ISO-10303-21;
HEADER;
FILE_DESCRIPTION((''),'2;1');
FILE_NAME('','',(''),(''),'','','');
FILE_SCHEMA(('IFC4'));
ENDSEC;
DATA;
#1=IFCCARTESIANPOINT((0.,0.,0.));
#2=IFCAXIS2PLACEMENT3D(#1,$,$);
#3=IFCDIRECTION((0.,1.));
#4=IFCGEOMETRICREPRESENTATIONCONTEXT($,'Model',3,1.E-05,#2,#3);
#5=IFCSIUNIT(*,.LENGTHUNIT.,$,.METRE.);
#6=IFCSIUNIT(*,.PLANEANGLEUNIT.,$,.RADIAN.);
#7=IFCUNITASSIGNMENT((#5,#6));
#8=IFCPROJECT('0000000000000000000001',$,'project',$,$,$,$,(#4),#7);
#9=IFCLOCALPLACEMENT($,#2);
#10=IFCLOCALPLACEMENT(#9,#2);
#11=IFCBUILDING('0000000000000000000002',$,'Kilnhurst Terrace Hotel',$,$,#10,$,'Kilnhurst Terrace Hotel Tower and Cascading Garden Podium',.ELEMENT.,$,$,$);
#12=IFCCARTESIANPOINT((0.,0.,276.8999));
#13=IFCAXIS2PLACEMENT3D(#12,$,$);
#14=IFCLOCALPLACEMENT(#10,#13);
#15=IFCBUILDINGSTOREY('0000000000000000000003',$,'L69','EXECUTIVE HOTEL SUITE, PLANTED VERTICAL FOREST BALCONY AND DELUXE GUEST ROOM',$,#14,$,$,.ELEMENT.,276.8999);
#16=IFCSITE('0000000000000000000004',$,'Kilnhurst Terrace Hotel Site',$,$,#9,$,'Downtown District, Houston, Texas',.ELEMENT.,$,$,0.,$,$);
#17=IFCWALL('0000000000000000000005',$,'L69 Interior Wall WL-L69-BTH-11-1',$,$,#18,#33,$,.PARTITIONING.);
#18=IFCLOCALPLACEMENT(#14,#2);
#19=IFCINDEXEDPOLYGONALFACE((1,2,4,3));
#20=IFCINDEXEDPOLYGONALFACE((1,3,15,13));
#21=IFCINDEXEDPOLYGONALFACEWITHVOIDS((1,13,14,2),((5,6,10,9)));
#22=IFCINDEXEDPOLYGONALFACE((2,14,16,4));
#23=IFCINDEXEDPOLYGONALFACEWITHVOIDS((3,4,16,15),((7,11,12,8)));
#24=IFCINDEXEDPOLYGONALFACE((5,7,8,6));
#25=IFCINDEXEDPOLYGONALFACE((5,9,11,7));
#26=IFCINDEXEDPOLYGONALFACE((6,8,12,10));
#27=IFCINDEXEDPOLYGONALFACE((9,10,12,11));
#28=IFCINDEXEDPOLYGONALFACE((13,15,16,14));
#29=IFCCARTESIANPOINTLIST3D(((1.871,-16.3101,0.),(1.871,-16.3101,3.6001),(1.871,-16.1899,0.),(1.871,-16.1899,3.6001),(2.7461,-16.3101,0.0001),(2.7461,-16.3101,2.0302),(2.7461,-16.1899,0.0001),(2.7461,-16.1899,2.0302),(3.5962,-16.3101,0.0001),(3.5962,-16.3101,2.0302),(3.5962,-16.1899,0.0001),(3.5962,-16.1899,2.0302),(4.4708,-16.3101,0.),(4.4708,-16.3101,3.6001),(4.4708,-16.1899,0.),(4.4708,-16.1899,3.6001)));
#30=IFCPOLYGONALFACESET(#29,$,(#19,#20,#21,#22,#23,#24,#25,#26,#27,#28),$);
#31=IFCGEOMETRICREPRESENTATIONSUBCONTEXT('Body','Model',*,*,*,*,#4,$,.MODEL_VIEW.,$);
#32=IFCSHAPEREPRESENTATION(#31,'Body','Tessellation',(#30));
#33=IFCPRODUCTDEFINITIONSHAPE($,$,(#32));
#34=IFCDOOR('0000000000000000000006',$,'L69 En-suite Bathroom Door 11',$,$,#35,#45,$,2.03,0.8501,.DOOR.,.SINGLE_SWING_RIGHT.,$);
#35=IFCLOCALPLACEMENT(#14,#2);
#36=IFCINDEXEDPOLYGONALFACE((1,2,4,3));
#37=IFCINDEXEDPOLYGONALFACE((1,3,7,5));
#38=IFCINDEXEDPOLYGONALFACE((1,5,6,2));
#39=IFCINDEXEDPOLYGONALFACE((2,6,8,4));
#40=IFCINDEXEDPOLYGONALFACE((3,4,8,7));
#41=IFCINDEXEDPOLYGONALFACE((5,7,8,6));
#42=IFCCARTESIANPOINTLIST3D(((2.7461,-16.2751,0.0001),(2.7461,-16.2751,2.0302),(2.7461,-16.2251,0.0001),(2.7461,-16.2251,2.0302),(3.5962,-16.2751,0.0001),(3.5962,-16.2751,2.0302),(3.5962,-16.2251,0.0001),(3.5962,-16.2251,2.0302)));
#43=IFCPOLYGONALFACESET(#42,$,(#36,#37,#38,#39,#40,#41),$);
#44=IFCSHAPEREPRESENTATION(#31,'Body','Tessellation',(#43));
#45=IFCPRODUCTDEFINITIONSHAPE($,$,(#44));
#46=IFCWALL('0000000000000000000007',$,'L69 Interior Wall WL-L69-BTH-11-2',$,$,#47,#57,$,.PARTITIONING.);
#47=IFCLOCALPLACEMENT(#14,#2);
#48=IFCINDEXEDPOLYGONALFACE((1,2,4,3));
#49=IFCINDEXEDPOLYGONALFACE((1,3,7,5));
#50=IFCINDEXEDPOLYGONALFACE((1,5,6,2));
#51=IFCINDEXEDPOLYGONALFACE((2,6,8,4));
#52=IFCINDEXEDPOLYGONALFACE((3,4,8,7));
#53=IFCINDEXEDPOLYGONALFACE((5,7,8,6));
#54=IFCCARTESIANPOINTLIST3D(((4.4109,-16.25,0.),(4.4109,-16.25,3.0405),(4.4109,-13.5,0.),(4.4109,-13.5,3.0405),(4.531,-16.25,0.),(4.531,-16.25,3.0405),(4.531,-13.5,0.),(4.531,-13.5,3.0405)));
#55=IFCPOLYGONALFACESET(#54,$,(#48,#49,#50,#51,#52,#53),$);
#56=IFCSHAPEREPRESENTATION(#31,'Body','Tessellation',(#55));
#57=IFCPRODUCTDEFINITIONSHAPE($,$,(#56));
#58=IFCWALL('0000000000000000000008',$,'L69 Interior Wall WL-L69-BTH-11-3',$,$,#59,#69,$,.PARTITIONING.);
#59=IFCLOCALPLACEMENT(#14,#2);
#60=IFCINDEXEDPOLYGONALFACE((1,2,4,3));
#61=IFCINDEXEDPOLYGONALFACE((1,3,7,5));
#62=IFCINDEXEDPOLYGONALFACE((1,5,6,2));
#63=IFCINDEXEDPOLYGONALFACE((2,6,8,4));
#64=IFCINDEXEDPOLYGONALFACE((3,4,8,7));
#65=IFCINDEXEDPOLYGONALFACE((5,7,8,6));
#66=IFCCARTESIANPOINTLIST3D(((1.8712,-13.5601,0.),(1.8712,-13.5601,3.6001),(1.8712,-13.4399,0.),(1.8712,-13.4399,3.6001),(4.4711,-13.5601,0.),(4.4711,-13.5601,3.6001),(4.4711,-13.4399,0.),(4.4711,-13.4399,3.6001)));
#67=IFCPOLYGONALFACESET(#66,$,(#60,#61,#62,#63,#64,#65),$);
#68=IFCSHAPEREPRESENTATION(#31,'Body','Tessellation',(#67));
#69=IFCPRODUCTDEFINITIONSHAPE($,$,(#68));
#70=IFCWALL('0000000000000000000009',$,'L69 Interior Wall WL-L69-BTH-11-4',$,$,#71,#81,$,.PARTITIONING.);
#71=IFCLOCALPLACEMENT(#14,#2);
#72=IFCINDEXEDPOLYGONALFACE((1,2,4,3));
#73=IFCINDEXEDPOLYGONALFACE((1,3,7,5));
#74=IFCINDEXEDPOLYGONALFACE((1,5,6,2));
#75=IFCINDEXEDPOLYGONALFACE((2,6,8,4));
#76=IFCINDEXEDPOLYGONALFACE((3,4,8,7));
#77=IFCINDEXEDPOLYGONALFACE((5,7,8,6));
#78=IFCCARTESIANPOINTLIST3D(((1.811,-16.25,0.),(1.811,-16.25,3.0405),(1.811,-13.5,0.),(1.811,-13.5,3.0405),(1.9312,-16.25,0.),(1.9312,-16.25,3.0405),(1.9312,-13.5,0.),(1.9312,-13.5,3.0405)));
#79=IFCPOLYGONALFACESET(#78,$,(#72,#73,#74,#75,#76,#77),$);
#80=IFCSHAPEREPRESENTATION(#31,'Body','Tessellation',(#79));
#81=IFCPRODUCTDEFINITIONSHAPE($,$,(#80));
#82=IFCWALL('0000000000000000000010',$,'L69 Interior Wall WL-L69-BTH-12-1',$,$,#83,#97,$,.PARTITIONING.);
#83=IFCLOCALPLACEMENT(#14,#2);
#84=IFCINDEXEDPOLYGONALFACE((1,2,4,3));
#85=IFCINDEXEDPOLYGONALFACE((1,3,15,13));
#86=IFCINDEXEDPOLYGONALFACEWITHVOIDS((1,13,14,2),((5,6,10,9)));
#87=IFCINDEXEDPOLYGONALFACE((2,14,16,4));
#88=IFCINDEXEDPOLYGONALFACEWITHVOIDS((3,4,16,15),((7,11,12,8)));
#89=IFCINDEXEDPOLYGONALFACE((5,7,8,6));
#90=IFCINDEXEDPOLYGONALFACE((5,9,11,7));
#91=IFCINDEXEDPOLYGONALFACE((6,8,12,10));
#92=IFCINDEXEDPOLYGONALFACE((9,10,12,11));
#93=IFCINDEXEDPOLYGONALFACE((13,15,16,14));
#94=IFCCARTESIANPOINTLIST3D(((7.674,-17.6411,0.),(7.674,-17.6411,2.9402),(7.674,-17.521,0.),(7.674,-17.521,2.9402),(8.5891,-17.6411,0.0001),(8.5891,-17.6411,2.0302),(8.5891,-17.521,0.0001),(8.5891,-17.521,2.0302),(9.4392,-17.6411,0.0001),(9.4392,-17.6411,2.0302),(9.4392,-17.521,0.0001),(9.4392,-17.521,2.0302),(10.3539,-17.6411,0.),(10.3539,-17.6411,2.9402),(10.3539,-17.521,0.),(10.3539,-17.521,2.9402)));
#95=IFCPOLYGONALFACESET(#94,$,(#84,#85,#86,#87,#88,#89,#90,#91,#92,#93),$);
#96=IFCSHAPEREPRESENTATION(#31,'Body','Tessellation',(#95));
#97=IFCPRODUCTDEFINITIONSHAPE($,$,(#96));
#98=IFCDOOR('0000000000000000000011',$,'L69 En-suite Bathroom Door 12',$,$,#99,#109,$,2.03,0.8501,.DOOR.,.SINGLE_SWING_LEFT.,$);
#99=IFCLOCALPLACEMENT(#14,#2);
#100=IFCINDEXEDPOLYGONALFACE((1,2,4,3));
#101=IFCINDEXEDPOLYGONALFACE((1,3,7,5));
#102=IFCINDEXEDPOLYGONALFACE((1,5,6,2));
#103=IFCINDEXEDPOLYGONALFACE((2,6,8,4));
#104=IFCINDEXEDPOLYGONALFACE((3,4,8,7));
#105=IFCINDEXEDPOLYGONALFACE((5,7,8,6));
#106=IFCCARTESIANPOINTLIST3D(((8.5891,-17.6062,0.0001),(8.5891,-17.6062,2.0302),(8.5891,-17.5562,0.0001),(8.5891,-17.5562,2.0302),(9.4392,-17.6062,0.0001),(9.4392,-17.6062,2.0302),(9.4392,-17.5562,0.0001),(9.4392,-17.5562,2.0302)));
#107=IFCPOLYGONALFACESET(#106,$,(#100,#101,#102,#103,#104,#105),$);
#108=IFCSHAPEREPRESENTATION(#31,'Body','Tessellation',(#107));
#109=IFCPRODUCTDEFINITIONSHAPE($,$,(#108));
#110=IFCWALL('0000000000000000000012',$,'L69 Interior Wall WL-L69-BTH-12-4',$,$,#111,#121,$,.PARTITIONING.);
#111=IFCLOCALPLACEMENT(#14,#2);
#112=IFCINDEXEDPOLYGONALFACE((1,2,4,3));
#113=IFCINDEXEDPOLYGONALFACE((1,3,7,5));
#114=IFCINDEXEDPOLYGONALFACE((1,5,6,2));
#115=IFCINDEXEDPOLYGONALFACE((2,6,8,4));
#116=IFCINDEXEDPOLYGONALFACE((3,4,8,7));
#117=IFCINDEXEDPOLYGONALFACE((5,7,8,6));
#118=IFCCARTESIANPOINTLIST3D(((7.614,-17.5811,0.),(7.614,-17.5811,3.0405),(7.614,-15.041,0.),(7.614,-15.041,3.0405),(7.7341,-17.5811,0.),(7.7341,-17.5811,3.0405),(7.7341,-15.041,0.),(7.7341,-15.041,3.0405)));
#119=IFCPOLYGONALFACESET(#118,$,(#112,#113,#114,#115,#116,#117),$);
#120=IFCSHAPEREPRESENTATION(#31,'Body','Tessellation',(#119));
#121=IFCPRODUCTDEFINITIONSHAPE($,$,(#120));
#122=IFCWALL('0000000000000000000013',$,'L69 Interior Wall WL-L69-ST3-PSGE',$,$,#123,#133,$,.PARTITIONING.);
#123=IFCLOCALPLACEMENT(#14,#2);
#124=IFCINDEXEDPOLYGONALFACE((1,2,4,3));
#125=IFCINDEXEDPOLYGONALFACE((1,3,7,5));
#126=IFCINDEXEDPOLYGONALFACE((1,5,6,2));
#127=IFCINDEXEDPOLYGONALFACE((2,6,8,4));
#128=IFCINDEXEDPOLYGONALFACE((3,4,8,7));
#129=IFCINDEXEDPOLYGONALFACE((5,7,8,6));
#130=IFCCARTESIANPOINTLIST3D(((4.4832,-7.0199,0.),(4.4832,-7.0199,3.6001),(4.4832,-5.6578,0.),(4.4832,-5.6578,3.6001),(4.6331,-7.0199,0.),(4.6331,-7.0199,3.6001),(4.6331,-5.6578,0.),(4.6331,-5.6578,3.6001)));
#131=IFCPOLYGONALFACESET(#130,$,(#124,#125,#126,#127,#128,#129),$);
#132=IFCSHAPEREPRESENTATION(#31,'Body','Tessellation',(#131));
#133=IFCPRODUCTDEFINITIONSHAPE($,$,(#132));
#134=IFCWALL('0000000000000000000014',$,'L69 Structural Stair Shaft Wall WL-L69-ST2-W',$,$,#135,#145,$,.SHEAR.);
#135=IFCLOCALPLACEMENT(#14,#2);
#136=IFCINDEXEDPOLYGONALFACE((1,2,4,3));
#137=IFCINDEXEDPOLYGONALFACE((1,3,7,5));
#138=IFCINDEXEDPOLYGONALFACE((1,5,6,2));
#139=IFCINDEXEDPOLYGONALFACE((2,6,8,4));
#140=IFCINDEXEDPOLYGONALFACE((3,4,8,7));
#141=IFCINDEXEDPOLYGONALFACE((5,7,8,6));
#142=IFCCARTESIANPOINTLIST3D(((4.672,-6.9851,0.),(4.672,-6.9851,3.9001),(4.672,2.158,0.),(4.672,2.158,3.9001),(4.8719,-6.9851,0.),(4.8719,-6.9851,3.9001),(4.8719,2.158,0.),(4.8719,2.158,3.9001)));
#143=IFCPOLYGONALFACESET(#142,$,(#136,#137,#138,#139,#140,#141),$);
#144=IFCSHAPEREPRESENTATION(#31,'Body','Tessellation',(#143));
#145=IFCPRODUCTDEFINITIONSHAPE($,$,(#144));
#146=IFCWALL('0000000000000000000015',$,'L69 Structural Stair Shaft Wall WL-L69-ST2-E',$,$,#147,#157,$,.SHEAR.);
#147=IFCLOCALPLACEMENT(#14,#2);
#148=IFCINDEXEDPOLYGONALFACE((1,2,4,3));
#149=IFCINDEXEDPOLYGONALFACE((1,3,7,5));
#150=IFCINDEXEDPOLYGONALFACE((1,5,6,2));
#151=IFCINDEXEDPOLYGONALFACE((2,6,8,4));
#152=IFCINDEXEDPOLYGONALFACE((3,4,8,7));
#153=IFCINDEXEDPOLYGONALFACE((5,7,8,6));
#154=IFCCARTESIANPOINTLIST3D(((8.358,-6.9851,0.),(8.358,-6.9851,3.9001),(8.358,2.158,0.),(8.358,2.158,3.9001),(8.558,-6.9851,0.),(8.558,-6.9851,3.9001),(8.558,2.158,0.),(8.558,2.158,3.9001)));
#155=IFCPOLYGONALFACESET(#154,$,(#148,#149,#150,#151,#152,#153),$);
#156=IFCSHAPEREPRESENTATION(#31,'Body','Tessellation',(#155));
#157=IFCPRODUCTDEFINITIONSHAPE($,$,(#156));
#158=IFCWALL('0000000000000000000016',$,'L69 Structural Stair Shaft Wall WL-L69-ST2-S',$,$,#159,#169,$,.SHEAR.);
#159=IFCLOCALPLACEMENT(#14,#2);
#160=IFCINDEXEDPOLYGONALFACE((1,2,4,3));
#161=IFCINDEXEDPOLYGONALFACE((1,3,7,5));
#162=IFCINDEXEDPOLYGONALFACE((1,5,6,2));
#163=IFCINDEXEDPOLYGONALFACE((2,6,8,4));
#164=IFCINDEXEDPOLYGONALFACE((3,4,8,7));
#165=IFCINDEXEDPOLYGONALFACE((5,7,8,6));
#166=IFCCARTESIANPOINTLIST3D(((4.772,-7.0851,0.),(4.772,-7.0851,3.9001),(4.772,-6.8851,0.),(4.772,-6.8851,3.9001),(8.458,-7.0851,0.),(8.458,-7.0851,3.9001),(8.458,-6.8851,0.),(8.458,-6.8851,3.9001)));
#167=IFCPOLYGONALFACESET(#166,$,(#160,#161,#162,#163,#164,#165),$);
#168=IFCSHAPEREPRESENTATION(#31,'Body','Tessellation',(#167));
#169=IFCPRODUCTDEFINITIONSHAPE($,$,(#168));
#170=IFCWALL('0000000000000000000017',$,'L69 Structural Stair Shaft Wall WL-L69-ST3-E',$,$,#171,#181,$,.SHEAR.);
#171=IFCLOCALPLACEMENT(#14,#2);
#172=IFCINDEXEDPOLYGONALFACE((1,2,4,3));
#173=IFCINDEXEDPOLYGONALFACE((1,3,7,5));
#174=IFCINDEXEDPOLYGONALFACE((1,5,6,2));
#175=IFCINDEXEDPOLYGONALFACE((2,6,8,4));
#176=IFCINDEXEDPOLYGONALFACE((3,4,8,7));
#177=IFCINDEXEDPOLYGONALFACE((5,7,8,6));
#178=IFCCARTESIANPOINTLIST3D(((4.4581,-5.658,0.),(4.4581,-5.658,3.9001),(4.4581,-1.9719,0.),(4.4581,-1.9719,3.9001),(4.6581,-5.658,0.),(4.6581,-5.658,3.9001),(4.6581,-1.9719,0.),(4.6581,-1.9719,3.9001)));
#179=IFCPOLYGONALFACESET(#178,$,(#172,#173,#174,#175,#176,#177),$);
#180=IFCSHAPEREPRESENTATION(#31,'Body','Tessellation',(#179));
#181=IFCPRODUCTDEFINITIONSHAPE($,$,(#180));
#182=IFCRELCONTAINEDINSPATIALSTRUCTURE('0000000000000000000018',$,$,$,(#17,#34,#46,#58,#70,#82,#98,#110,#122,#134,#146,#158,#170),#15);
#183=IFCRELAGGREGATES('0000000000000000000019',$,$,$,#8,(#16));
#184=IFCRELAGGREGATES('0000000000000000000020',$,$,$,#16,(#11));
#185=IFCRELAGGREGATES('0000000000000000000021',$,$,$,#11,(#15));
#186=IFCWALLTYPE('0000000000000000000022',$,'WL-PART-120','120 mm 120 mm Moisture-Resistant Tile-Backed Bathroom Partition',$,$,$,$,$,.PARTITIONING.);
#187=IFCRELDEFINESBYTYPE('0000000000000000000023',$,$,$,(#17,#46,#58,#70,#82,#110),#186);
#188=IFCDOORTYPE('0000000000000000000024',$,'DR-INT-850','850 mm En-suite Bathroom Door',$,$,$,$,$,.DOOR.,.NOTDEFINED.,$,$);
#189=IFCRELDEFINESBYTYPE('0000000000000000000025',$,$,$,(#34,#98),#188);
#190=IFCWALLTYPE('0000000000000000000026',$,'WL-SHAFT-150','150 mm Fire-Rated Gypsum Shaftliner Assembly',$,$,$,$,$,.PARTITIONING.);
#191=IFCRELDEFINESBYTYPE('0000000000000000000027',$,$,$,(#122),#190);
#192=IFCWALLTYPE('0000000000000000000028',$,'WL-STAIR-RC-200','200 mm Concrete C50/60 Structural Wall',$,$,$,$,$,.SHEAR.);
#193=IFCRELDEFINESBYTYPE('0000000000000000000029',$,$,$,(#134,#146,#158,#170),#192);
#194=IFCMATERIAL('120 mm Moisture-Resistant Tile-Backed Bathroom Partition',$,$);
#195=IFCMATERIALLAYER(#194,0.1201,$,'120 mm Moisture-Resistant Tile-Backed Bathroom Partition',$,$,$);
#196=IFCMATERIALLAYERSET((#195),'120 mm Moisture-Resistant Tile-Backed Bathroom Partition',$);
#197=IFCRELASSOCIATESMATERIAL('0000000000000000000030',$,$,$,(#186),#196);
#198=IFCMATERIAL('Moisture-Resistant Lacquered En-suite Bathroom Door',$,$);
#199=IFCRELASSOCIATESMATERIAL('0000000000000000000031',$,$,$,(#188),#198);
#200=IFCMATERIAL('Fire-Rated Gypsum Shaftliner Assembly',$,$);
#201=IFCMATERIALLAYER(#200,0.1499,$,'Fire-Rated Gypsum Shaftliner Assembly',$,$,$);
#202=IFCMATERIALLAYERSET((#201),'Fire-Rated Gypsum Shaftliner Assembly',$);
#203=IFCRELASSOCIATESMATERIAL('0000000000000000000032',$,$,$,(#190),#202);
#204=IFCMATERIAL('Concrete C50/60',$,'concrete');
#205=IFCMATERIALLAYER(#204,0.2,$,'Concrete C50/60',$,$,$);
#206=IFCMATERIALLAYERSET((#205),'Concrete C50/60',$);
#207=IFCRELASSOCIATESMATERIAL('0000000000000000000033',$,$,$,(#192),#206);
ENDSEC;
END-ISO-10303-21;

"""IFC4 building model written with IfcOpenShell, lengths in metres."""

from ifc_helpers import new_model, si_unit, direction, frame, frame_2d, origin, place, context, subcontext, project, spatial, rectangle, extrude, material, layer, layer_set, type_object, element, fill, save


model = new_model("IFC4")

# Units and contexts
model_context = context("Model", 3, precision=1e-05, world=origin(), true_north=direction((0.0, 1.0)))
body_context = subcontext(model_context, "Body", "Model", "MODEL_VIEW")
ifc_project = project(units=[si_unit("LENGTHUNIT", "METRE"), si_unit("PLANEANGLEUNIT", "RADIAN")], contexts=[model_context])

# Site, building, storey
site_placement = place(None, origin())
site = spatial("IfcSite", under=ifc_project, at=site_placement, Name="Kilnhurst Terrace Hotel Site", LongName="Downtown District, Houston, Texas", CompositionType="ELEMENT", RefElevation=0.0)
building_placement = place(site_placement, origin())
building = spatial("IfcBuilding", under=site, at=building_placement, Name="Kilnhurst Terrace Hotel", LongName="Kilnhurst Terrace Hotel Tower and Cascading Garden Podium", CompositionType="ELEMENT")
storey_placement = place(building_placement, frame((0.0, 0.0, 276.8999)))
storey = spatial("IfcBuildingStorey", under=building, at=storey_placement, Name="L69", Description="EXECUTIVE HOTEL SUITE, PLANTED VERTICAL FOREST BALCONY AND DELUXE GUEST ROOM", CompositionType="ELEMENT", Elevation=276.8999)

# Shared definitions
ifc_material_1 = material(Name="Concrete C50/60", Category="concrete")

# Wall, opening, door
ifc_material_2 = material(Name="120 mm Moisture-Resistant Tile-Backed Bathroom Partition")
ifc_layer_1 = layer(ifc_material_2, 0.1201, Name="120 mm Moisture-Resistant Tile-Backed Bathroom Partition")
ifc_layer_set_1 = layer_set([ifc_layer_1], Name="120 mm Moisture-Resistant Tile-Backed Bathroom Partition")
wall_type_1 = type_object("IfcWallType", Name="WL-PART-120", Description="120 mm 120 mm Moisture-Resistant Tile-Backed Bathroom Partition", PredefinedType="PARTITIONING", material=ifc_layer_set_1)
wall_1_placement = place(storey_placement, frame((1.8711, -16.25, 0.0), z_axis=(0.0, 0.0, 1.0), x_axis=(1.0, 0.0, 0.0)))
wall_1 = element("IfcWall", 1, at=wall_1_placement, inside=storey, type_object=wall_type_1, Name="L69 Interior Wall WL-L69-BTH-11-1", PredefinedType="PARTITIONING", context=body_context, shape_type="SweptSolid", body=[
    extrude(rectangle(XDim=2.5999, YDim=0.1201, at=frame_2d((1.2998, 0.0))), origin(), (0.0, 0.0, 1.0), 3.6001),
])
opening_1_placement = place(wall_1_placement, frame((0.875, 0.0, 0.0)))
opening_1 = element("IfcOpeningElement", 2, at=opening_1_placement, cuts=wall_1, PredefinedType="OPENING", context=body_context, shape_type="SweptSolid", body=[
    extrude(rectangle(XDim=0.8501, YDim=2.03, at=frame_2d((0.425, 1.0151))), frame((0.0, 0.0701, 0.0), z_axis=(0.0, -1.0, 0.0), x_axis=(1.0, 0.0, 0.0)), (0.0, 0.0, 1.0), 0.1401),
])
ifc_material_3 = material(Name="Moisture-Resistant Lacquered En-suite Bathroom Door")
door_type = type_object("IfcDoorType", Name="DR-INT-850", Description="850 mm En-suite Bathroom Door", OperationType="NOTDEFINED", PredefinedType="DOOR", material=ifc_material_3)
door_1_placement = place(opening_1_placement, origin())
door_1 = element("IfcDoor", 3, at=door_1_placement, inside=storey, type_object=door_type, Name="L69 En-suite Bathroom Door 11", OperationType="SINGLE_SWING_RIGHT", OverallHeight=2.03, OverallWidth=0.8501, PredefinedType="DOOR", context=body_context, shape_type="SweptSolid", body=[
    extrude(rectangle(XDim=0.8501, YDim=2.03, at=frame_2d((0.425, 1.0151))), frame((0.0, 0.0249, 0.0), z_axis=(0.0, -1.0, 0.0), x_axis=(1.0, 0.0, 0.0)), (0.0, 0.0, 1.0), 0.05),
])
fill(opening_1, door_1)

# Walls
wall_2_placement = place(storey_placement, frame((4.4709, -16.25, 0.0), z_axis=(0.0, 0.0, 1.0), x_axis=(0.0, 1.0, 0.0)))
element("IfcWall", 4, at=wall_2_placement, inside=storey, type_object=wall_type_1, Name="L69 Interior Wall WL-L69-BTH-11-2", PredefinedType="PARTITIONING", context=body_context, shape_type="SweptSolid", body=[
    extrude(rectangle(XDim=2.75, YDim=0.1201, at=frame_2d((1.375, 0.0))), origin(), (0.0, 0.0, 1.0), 3.0405),
])
wall_3_placement = place(storey_placement, frame((4.4709, -13.5, 0.0), z_axis=(0.0, 0.0, 1.0), x_axis=(-1.0, 0.0, 0.0)))
element("IfcWall", 5, at=wall_3_placement, inside=storey, type_object=wall_type_1, Name="L69 Interior Wall WL-L69-BTH-11-3", PredefinedType="PARTITIONING", context=body_context, shape_type="SweptSolid", body=[
    extrude(rectangle(XDim=2.5999, YDim=0.1201, at=frame_2d((1.2998, 0.0))), origin(), (0.0, 0.0, 1.0), 3.6001),
])
wall_4_placement = place(storey_placement, frame((1.8711, -13.5, 0.0), z_axis=(0.0, 0.0, 1.0), x_axis=(0.0, -1.0, 0.0)))
element("IfcWall", 6, at=wall_4_placement, inside=storey, type_object=wall_type_1, Name="L69 Interior Wall WL-L69-BTH-11-4", PredefinedType="PARTITIONING", context=body_context, shape_type="SweptSolid", body=[
    extrude(rectangle(XDim=2.75, YDim=0.1201, at=frame_2d((1.375, 0.0))), origin(), (0.0, 0.0, 1.0), 3.0405),
])

# Wall, opening, door
wall_5_placement = place(storey_placement, frame((7.6741, -17.5811, 0.0), z_axis=(0.0, 0.0, 1.0), x_axis=(1.0, 0.0, 0.0)))
wall_5 = element("IfcWall", 7, at=wall_5_placement, inside=storey, type_object=wall_type_1, Name="L69 Interior Wall WL-L69-BTH-12-1", PredefinedType="PARTITIONING", context=body_context, shape_type="SweptSolid", body=[
    extrude(rectangle(XDim=2.6799, YDim=0.1201, at=frame_2d((1.3398, 0.0))), origin(), (0.0, 0.0, 1.0), 2.9402),
])
opening_2_placement = place(wall_5_placement, frame((0.915, 0.0, 0.0)))
opening_2 = element("IfcOpeningElement", 8, at=opening_2_placement, cuts=wall_5, PredefinedType="OPENING", context=body_context, shape_type="SweptSolid", body=[
    extrude(rectangle(XDim=0.8501, YDim=2.03, at=frame_2d((0.425, 1.0151))), frame((0.0, 0.0701, 0.0), z_axis=(0.0, -1.0, 0.0), x_axis=(1.0, 0.0, 0.0)), (0.0, 0.0, 1.0), 0.1401),
])
door_2_placement = place(opening_2_placement, origin())
door_2 = element("IfcDoor", 9, at=door_2_placement, inside=storey, type_object=door_type, Name="L69 En-suite Bathroom Door 12", OperationType="SINGLE_SWING_LEFT", OverallHeight=2.03, OverallWidth=0.8501, PredefinedType="DOOR", context=body_context, shape_type="SweptSolid", body=[
    extrude(rectangle(XDim=0.8501, YDim=2.03, at=frame_2d((0.425, 1.0151))), frame((0.0, 0.0249, 0.0), z_axis=(0.0, -1.0, 0.0), x_axis=(1.0, 0.0, 0.0)), (0.0, 0.0, 1.0), 0.05),
])
fill(opening_2, door_2)

# Walls
wall_6_placement = place(storey_placement, frame((7.6741, -15.041, 0.0), z_axis=(0.0, 0.0, 1.0), x_axis=(0.0, -1.0, 0.0)))
element("IfcWall", 10, at=wall_6_placement, inside=storey, type_object=wall_type_1, Name="L69 Interior Wall WL-L69-BTH-12-4", PredefinedType="PARTITIONING", context=body_context, shape_type="SweptSolid", body=[
    extrude(rectangle(XDim=2.54, YDim=0.1201, at=frame_2d((1.27, 0.0))), origin(), (0.0, 0.0, 1.0), 3.0405),
])
ifc_material_4 = material(Name="Fire-Rated Gypsum Shaftliner Assembly")
ifc_layer_2 = layer(ifc_material_4, 0.1499, Name="Fire-Rated Gypsum Shaftliner Assembly")
ifc_layer_set_2 = layer_set([ifc_layer_2], Name="Fire-Rated Gypsum Shaftliner Assembly")
wall_type_2 = type_object("IfcWallType", Name="WL-SHAFT-150", Description="150 mm Fire-Rated Gypsum Shaftliner Assembly", PredefinedType="PARTITIONING", material=ifc_layer_set_2)
wall_7_placement = place(storey_placement, frame((4.5581, -7.02, 0.0), z_axis=(0.0, 0.0, 1.0), x_axis=(0.0, 1.0, 0.0)))
element("IfcWall", 11, at=wall_7_placement, inside=storey, type_object=wall_type_2, Name="L69 Interior Wall WL-L69-ST3-PSGE", PredefinedType="PARTITIONING", context=body_context, shape_type="SweptSolid", body=[
    extrude(rectangle(XDim=1.3621, YDim=0.1499, at=frame_2d((0.6812, 0.0))), origin(), (0.0, 0.0, 1.0), 3.6001),
])
ifc_layer_3 = layer(ifc_material_1, 0.2, Name="Concrete C50/60")
ifc_layer_set_3 = layer_set([ifc_layer_3], Name="Concrete C50/60")
wall_type_3 = type_object("IfcWallType", Name="WL-STAIR-RC-200", Description="200 mm Concrete C50/60 Structural Wall", PredefinedType="SHEAR", material=ifc_layer_set_3)
for number, where, z_axis, x_axis, name in (
    (12, (4.772, -6.9851, 0.0), (0.0, 0.0, 1.0), (0.0, 1.0, 0.0), "L69 Structural Stair Shaft Wall WL-L69-ST2-W"),
    (13, (8.458, -6.9851, 0.0), (0.0, 0.0, 1.0), (0.0, 1.0, 0.0), "L69 Structural Stair Shaft Wall WL-L69-ST2-E"),
):
    element("IfcWall", number, at=place(storey_placement, frame(where, z_axis=z_axis, x_axis=x_axis)), inside=storey, type_object=wall_type_3, Name=name, PredefinedType="SHEAR", context=body_context, shape_type="SweptSolid", body=[
        extrude(rectangle(XDim=9.1431, YDim=0.2, at=frame_2d((4.5715, 0.0))), origin(), (0.0, 0.0, 1.0), 3.9001),
    ])
for number, where, z_axis, x_axis, name in (
    (14, (4.772, -6.9851, 0.0), (0.0, 0.0, 1.0), (1.0, 0.0, 0.0), "L69 Structural Stair Shaft Wall WL-L69-ST2-S"),
    (15, (4.5581, -5.658, 0.0), (0.0, 0.0, 1.0), (0.0, 1.0, 0.0), "L69 Structural Stair Shaft Wall WL-L69-ST3-E"),
):
    element("IfcWall", number, at=place(storey_placement, frame(where, z_axis=z_axis, x_axis=x_axis)), inside=storey, type_object=wall_type_3, Name=name, PredefinedType="SHEAR", context=body_context, shape_type="SweptSolid", body=[
        extrude(rectangle(XDim=3.686, YDim=0.2, at=frame_2d((1.843, 0.0))), origin(), (0.0, 0.0, 1.0), 3.9001),
    ])

save(model, "model.ifc")
